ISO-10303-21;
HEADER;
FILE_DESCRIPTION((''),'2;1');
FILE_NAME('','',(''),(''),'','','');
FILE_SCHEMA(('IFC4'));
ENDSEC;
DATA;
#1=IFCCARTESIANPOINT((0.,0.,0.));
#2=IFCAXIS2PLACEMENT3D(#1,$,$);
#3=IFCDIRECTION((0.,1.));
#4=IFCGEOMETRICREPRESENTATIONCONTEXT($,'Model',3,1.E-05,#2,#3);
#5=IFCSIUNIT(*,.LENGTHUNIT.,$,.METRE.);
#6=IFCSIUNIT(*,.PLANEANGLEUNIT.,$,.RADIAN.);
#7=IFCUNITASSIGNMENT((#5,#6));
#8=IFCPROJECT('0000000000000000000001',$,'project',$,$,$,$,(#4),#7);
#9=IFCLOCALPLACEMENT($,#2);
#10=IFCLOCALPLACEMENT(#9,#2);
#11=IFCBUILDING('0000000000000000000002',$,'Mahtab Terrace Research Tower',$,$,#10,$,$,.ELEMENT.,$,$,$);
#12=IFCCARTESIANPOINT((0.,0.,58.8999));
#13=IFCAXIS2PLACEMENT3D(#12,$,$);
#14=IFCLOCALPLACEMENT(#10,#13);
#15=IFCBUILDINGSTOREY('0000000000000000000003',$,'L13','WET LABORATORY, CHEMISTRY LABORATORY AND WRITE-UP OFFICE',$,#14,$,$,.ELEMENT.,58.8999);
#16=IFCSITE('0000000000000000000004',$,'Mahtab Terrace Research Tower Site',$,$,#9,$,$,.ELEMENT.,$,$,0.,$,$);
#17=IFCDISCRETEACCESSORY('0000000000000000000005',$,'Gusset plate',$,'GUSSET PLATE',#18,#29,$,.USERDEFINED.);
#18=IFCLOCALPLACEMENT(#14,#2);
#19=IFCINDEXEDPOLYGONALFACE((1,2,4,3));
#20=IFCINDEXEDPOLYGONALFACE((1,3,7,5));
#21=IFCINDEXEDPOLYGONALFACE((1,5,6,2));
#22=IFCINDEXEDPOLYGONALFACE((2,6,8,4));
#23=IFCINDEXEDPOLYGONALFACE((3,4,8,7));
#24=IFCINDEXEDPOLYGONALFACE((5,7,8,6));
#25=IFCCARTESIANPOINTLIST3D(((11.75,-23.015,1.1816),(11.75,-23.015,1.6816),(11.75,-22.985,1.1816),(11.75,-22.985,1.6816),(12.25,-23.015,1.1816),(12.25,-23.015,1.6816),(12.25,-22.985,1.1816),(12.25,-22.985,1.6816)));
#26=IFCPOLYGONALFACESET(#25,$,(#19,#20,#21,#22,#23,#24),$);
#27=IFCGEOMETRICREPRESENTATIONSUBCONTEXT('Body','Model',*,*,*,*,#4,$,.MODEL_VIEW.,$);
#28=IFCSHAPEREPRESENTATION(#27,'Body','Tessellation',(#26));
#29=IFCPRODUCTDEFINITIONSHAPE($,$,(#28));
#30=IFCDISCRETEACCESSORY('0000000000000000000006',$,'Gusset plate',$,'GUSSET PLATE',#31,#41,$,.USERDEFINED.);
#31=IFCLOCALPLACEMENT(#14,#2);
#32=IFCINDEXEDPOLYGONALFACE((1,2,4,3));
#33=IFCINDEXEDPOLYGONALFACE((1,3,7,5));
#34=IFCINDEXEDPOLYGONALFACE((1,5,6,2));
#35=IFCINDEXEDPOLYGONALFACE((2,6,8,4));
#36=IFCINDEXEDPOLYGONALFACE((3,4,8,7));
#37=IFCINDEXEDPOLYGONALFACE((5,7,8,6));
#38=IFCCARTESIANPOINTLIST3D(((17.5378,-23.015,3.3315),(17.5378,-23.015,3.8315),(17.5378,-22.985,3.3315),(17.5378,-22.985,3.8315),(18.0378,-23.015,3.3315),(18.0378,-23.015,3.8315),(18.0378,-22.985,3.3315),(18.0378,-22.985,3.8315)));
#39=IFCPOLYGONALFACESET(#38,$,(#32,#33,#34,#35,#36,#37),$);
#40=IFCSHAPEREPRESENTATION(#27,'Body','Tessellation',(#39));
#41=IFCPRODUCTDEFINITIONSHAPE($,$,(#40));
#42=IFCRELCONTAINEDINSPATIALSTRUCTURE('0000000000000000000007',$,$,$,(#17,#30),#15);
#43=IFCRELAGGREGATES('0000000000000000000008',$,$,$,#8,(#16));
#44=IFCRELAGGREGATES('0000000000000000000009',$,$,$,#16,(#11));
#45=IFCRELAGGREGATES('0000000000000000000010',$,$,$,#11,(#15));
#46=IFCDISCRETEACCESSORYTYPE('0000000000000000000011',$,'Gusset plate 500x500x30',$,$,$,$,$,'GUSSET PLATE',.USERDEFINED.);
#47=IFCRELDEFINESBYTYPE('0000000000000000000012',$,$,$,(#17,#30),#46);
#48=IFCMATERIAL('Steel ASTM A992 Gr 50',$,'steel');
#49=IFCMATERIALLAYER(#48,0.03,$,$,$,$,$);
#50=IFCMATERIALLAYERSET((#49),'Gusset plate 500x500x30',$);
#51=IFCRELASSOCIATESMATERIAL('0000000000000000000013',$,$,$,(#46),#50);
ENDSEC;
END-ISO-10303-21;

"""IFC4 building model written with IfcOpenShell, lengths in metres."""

from ifc_helpers import new_model, si_unit, direction, frame, origin, origin_2d, place, context, subcontext, project, spatial, rectangle, extrude, material, layer, layer_set, type_object, element, save


model = new_model("IFC4")

# Units and contexts
model_context = context("Model", 3, precision=1e-05, world=origin(), true_north=direction((0.0, 1.0)))
body_context = subcontext(model_context, "Body", "Model", "MODEL_VIEW")
ifc_project = project(units=[si_unit("LENGTHUNIT", "METRE"), si_unit("PLANEANGLEUNIT", "RADIAN")], contexts=[model_context])

# Site, building, storey
site_placement = place(None, origin())
site = spatial("IfcSite", under=ifc_project, at=site_placement, Name="Mahtab Terrace Research Tower Site", CompositionType="ELEMENT", RefElevation=0.0)
building_placement = place(site_placement, origin())
building = spatial("IfcBuilding", under=site, at=building_placement, Name="Mahtab Terrace Research Tower", CompositionType="ELEMENT")
storey_placement = place(building_placement, frame((0.0, 0.0, 58.8999)))
storey = spatial("IfcBuildingStorey", under=building, at=storey_placement, Name="L13", Description="WET LABORATORY, CHEMISTRY LABORATORY AND WRITE-UP OFFICE", CompositionType="ELEMENT", Elevation=58.8999)

# Shared definitions
ifc_material_1 = material(Name="Steel ASTM A992 Gr 50", Category="steel")

# Discrete accessories
ifc_layer_1 = layer(ifc_material_1, 0.03)
ifc_layer_set_1 = layer_set([ifc_layer_1], Name="Gusset plate 500x500x30")
discrete_accessory_type = type_object("IfcDiscreteAccessoryType", Name="Gusset plate 500x500x30", ElementType="GUSSET PLATE", PredefinedType="USERDEFINED", material=ifc_layer_set_1)
for number, where, z_axis, x_axis, name in (
    (1, (12.0, -23.0, 1.1816), (0.0, 0.0, 1.0), (1.0, 0.0, 0.0), "Gusset plate"),
    (2, (17.7878, -23.0, 3.3315), (0.0, 0.0, 1.0), (1.0, 0.0, 0.0), "Gusset plate"),
):
    element("IfcDiscreteAccessory", number, at=place(storey_placement, frame(where, z_axis=z_axis, x_axis=x_axis)), inside=storey, type_object=discrete_accessory_type, Name=name, ObjectType="GUSSET PLATE", PredefinedType="USERDEFINED", context=body_context, shape_type="SweptSolid", body=[
        extrude(rectangle(XDim=0.5, YDim=0.03, at=origin_2d()), origin(), (0.0, 0.0, 1.0), 0.5),
    ])

save(model, "model.ifc")
